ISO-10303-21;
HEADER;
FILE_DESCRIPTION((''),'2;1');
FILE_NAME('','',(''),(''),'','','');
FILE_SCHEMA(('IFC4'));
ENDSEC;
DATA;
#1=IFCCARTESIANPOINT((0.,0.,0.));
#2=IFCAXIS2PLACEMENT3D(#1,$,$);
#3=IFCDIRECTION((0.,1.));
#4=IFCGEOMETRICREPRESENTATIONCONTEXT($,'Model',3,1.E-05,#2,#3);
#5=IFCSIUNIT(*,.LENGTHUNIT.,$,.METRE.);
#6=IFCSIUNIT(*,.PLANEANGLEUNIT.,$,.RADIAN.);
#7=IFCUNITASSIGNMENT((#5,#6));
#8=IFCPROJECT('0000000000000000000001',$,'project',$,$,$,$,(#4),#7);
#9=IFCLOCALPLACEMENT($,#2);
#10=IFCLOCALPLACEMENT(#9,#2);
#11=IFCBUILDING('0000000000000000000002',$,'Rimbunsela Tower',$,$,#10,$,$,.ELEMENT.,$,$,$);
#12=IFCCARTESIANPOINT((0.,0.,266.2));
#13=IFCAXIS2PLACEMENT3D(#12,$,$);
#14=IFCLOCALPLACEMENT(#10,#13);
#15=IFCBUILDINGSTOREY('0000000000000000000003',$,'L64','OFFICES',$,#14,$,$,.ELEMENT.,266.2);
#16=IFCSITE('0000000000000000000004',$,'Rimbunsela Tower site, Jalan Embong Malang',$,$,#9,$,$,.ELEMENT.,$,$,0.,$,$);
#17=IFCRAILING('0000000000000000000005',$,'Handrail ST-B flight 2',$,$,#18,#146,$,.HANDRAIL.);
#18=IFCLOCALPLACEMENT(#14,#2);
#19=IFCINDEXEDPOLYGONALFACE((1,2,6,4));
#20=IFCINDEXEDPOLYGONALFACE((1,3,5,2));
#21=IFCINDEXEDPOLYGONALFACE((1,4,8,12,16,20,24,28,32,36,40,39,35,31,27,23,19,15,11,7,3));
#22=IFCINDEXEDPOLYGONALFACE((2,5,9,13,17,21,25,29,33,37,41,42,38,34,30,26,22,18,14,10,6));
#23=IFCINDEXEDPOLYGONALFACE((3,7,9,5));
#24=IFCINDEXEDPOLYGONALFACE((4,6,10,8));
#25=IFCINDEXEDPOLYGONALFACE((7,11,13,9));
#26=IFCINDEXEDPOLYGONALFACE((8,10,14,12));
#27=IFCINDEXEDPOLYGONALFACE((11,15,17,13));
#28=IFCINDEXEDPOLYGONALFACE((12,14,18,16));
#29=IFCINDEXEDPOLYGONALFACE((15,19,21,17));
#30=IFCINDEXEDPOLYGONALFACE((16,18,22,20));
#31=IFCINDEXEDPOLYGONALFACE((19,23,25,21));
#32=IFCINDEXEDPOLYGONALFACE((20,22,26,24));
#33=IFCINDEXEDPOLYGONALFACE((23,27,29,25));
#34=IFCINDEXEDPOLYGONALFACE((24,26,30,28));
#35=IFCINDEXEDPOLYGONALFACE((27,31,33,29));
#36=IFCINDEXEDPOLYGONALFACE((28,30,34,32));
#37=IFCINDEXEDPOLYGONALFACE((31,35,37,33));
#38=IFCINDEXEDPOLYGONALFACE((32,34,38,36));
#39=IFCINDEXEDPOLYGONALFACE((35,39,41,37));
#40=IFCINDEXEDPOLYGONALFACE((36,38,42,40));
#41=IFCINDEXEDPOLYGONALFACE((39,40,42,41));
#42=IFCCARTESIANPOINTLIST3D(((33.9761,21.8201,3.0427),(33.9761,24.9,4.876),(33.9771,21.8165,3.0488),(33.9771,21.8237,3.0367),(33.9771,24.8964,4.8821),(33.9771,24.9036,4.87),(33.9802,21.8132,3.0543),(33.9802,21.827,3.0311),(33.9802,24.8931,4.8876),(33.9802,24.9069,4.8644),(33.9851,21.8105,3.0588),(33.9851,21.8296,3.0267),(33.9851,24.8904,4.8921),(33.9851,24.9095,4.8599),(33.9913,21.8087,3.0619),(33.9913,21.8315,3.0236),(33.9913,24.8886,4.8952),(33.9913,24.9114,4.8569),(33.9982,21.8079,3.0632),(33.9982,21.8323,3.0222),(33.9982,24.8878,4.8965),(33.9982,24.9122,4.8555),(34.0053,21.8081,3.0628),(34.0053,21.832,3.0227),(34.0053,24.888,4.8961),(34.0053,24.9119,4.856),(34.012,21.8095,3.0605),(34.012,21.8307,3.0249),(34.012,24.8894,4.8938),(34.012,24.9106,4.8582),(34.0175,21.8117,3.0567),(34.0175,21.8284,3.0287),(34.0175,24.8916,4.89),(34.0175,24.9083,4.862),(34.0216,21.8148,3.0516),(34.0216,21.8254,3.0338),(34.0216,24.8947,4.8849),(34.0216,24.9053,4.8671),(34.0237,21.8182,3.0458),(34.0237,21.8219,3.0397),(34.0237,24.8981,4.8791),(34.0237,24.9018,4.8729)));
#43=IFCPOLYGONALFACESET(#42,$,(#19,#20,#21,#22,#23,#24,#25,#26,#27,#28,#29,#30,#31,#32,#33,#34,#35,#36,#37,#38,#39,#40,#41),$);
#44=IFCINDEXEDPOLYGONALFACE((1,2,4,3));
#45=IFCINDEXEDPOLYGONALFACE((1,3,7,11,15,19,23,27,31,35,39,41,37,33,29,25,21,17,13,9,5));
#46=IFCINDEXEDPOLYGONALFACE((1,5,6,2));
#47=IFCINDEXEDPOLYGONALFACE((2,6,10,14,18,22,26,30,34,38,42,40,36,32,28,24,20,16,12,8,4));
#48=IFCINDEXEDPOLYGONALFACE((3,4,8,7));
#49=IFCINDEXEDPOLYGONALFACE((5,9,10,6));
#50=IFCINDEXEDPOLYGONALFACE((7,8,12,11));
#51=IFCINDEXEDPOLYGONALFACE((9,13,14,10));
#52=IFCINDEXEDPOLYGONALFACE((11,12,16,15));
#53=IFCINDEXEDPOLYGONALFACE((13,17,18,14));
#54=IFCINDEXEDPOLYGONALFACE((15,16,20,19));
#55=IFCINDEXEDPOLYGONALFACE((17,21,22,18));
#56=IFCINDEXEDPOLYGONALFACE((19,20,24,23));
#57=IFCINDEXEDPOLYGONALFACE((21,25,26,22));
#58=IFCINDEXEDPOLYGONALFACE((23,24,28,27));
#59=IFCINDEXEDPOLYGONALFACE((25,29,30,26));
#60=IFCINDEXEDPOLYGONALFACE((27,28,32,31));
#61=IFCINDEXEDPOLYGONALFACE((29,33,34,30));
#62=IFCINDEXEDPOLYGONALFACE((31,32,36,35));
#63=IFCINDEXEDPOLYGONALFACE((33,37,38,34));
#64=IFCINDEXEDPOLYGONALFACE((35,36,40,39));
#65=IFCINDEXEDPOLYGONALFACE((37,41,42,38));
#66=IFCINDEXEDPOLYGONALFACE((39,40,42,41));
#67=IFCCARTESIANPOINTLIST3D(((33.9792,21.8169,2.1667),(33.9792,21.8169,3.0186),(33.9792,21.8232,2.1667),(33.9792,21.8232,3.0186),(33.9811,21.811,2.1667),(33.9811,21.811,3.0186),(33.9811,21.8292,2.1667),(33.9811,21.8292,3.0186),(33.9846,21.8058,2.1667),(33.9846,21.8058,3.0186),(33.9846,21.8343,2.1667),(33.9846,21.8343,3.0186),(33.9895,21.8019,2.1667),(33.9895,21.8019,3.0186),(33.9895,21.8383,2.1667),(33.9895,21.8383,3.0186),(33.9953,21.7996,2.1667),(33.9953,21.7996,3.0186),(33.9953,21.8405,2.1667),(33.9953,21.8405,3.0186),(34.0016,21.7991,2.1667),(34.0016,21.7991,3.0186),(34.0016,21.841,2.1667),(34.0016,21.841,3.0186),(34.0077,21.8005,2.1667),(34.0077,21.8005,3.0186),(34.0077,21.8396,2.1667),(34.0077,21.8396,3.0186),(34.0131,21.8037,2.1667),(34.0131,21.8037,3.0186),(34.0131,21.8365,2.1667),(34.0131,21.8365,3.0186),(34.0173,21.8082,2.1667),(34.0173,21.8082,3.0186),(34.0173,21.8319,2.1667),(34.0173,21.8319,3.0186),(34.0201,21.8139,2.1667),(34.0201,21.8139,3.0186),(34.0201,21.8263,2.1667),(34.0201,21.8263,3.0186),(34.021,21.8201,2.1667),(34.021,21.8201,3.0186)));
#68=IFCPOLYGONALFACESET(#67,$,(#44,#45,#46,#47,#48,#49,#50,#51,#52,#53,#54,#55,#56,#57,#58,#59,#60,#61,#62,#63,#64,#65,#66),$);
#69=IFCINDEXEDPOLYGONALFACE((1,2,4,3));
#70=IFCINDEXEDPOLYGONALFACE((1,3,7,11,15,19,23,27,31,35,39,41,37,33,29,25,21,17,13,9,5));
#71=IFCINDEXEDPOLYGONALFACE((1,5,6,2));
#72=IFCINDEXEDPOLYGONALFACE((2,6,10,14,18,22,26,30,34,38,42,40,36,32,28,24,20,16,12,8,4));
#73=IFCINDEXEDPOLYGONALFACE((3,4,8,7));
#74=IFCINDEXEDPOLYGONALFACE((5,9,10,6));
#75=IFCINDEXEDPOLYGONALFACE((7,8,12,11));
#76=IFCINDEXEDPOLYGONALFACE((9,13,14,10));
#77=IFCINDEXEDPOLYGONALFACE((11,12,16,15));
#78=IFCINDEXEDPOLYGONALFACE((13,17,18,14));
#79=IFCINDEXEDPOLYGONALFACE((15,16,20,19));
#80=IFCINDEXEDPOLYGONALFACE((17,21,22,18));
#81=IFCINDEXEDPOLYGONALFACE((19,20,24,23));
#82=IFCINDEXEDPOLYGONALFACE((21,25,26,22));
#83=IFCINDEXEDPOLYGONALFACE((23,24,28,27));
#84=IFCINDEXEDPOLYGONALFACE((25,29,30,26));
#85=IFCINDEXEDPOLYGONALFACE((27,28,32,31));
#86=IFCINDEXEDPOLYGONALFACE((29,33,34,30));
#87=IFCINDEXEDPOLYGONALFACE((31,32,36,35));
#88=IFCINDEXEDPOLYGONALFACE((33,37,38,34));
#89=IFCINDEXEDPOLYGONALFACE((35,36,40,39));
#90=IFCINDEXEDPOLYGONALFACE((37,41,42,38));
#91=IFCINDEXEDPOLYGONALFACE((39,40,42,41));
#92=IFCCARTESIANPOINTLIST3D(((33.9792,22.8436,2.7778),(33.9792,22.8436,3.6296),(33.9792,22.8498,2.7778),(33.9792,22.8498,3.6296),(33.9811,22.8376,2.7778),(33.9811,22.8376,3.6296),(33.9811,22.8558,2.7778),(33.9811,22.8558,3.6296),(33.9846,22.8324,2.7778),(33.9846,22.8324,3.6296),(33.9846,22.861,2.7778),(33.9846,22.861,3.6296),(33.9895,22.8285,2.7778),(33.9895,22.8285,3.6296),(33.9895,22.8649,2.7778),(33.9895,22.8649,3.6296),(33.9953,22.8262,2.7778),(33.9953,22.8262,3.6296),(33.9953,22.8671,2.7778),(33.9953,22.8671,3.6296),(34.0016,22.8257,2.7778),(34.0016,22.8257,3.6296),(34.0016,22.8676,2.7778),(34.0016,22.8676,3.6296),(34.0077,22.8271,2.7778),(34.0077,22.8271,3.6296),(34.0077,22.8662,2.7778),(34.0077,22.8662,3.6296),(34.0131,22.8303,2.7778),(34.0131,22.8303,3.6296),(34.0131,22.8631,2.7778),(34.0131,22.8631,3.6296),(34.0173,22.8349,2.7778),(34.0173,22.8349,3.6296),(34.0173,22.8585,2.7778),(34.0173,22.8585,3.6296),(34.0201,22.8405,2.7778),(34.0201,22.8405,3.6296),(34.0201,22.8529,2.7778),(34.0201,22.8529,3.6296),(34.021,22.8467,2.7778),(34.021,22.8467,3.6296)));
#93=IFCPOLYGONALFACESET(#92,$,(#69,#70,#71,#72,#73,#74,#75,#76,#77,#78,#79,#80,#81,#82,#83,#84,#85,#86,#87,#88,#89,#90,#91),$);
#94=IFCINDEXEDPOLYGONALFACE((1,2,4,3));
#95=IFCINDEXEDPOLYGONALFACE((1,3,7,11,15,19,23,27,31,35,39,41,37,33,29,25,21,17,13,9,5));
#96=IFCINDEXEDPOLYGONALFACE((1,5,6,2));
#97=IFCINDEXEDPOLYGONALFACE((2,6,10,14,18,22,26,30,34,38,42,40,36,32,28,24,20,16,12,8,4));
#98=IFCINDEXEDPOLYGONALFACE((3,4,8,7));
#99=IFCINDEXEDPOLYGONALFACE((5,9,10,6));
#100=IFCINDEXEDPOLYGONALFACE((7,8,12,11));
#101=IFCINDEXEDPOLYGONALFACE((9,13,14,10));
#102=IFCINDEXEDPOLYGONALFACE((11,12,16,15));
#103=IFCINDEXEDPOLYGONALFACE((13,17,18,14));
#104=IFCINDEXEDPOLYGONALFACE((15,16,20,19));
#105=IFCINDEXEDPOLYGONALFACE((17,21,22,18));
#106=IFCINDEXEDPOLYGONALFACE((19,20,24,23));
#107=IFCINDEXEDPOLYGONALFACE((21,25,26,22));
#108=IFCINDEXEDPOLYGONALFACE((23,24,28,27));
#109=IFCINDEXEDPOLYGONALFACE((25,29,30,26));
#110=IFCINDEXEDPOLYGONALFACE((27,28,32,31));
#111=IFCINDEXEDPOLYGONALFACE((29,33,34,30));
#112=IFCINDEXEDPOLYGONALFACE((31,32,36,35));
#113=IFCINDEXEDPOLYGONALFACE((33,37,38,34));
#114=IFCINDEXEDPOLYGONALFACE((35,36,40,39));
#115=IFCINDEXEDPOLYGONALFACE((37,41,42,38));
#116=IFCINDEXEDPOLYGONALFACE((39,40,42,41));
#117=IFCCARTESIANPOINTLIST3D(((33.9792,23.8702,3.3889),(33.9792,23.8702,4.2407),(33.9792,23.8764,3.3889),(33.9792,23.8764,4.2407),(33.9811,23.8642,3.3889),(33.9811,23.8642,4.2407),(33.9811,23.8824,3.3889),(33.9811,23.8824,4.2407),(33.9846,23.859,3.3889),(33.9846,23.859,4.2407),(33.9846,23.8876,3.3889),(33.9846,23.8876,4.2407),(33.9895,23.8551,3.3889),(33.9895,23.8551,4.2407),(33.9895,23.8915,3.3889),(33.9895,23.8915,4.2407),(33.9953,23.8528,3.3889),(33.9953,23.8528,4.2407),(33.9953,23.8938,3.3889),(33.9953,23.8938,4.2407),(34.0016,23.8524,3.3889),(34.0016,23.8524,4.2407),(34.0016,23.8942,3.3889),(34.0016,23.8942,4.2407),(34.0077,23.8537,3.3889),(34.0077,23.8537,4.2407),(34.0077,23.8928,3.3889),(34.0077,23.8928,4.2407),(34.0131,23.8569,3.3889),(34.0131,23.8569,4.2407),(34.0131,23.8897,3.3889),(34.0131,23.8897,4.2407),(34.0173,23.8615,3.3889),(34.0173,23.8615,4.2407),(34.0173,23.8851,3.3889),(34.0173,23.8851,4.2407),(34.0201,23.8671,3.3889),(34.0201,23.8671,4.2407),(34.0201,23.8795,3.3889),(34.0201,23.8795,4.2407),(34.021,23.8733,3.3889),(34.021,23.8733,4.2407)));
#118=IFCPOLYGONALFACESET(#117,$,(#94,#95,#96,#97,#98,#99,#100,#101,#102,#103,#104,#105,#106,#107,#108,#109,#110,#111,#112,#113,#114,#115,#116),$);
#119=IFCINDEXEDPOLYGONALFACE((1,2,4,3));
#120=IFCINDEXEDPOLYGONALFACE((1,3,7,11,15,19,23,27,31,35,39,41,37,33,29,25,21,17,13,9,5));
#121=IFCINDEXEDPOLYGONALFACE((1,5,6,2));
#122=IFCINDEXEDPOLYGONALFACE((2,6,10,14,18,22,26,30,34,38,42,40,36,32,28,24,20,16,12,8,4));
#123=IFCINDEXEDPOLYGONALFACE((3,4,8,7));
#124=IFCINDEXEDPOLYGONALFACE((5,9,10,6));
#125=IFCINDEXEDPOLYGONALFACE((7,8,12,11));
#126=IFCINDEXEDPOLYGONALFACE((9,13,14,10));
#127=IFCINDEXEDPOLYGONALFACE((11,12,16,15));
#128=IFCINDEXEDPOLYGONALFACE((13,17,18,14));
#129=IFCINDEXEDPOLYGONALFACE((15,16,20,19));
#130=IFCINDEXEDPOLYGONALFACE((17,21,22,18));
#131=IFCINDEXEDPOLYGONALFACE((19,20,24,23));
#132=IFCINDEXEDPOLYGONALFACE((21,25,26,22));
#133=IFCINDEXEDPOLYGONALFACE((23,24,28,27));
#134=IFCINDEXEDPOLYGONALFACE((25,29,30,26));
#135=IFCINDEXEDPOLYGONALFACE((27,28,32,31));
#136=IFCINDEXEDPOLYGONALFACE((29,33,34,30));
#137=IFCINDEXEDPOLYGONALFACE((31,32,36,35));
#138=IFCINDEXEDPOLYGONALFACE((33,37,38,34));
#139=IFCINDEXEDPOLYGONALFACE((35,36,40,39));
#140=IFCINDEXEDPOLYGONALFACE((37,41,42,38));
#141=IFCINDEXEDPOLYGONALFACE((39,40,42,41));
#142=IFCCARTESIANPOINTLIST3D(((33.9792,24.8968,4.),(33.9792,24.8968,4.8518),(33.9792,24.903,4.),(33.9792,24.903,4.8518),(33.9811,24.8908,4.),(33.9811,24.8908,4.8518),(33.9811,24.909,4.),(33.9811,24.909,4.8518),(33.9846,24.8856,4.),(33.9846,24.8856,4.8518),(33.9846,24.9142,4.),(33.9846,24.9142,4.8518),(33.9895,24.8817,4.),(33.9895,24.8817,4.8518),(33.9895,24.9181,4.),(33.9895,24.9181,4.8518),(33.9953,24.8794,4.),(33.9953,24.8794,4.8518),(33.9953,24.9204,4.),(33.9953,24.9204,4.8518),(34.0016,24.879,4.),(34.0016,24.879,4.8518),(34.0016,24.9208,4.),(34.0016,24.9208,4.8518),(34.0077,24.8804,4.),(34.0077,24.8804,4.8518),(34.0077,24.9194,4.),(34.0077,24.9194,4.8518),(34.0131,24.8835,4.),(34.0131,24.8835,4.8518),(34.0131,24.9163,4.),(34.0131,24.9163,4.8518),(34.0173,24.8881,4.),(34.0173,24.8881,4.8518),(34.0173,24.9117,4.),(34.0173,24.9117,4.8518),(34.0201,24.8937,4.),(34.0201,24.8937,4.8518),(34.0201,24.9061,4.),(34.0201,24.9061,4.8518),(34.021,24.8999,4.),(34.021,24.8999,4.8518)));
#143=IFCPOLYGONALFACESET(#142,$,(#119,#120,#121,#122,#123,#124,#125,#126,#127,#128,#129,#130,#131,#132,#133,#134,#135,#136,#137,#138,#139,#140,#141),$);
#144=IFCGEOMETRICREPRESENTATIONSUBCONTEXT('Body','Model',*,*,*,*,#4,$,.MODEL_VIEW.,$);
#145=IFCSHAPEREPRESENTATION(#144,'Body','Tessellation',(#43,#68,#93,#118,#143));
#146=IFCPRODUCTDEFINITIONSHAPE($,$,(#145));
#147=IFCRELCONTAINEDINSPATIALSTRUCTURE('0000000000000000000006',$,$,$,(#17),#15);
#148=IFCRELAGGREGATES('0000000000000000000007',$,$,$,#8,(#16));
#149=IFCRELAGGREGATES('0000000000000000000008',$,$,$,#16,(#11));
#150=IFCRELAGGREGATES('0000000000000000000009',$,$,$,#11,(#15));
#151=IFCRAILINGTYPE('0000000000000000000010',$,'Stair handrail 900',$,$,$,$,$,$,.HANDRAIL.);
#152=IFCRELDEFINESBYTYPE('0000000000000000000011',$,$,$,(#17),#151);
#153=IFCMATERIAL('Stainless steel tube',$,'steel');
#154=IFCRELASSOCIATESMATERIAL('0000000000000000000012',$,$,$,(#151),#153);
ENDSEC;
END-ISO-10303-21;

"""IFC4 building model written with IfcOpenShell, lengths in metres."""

from ifc_helpers import new_model, si_unit, direction, frame, origin, origin_2d, place, context, subcontext, project, spatial, circle, extrude, material, type_object, element, save


model = new_model("IFC4")

# Units and contexts
model_context = context("Model", 3, precision=1e-05, world=origin(), true_north=direction((0.0, 1.0)))
body_context = subcontext(model_context, "Body", "Model", "MODEL_VIEW")
ifc_project = project(units=[si_unit("LENGTHUNIT", "METRE"), si_unit("PLANEANGLEUNIT", "RADIAN")], contexts=[model_context])

# Site, building, storey
site_placement = place(None, origin())
site = spatial("IfcSite", under=ifc_project, at=site_placement, Name="Rimbunsela Tower site, Jalan Embong Malang", CompositionType="ELEMENT", RefElevation=0.0)
building_placement = place(site_placement, origin())
building = spatial("IfcBuilding", under=site, at=building_placement, Name="Rimbunsela Tower", CompositionType="ELEMENT")
storey_placement = place(building_placement, frame((0.0, 0.0, 266.2)))
storey = spatial("IfcBuildingStorey", under=building, at=storey_placement, Name="L64", Description="OFFICES", CompositionType="ELEMENT", Elevation=266.2)

# Railing
ifc_material_1 = material(Name="Stainless steel tube", Category="steel")
railing_type = type_object("IfcRailingType", Name="Stair handrail 900", PredefinedType="HANDRAIL", material=ifc_material_1)
for number, where, name in (
    (1, (34.0, 21.8201, 2.1667), "Handrail ST-B flight 2"),
):
    element("IfcRailing", number, at=place(storey_placement, frame(where)), inside=storey, type_object=railing_type, Name=name, PredefinedType="HANDRAIL", context=body_context, shape_type="SweptSolid", body=[
        extrude(circle(Radius=0.0239, at=origin_2d()), frame((0.0, 0.0, 0.876), z_axis=(0.0, 0.859291, 0.511487), x_axis=(-1.0, 0.0, 0.0)), (0.0, 0.0, 1.0), 3.5842),
        extrude(circle(Radius=0.021, at=origin_2d()), origin(), (0.0, 0.0, 1.0), 0.8518),
        extrude(circle(Radius=0.021, at=origin_2d()), frame((0.0, 1.0266, 0.6111)), (0.0, 0.0, 1.0), 0.8518),
        extrude(circle(Radius=0.021, at=origin_2d()), frame((0.0, 2.0532, 1.2222)), (0.0, 0.0, 1.0), 0.8518),
        extrude(circle(Radius=0.021, at=origin_2d()), frame((0.0, 3.0798, 1.8333)), (0.0, 0.0, 1.0), 0.8518),
    ])

save(model, "model.ifc")
